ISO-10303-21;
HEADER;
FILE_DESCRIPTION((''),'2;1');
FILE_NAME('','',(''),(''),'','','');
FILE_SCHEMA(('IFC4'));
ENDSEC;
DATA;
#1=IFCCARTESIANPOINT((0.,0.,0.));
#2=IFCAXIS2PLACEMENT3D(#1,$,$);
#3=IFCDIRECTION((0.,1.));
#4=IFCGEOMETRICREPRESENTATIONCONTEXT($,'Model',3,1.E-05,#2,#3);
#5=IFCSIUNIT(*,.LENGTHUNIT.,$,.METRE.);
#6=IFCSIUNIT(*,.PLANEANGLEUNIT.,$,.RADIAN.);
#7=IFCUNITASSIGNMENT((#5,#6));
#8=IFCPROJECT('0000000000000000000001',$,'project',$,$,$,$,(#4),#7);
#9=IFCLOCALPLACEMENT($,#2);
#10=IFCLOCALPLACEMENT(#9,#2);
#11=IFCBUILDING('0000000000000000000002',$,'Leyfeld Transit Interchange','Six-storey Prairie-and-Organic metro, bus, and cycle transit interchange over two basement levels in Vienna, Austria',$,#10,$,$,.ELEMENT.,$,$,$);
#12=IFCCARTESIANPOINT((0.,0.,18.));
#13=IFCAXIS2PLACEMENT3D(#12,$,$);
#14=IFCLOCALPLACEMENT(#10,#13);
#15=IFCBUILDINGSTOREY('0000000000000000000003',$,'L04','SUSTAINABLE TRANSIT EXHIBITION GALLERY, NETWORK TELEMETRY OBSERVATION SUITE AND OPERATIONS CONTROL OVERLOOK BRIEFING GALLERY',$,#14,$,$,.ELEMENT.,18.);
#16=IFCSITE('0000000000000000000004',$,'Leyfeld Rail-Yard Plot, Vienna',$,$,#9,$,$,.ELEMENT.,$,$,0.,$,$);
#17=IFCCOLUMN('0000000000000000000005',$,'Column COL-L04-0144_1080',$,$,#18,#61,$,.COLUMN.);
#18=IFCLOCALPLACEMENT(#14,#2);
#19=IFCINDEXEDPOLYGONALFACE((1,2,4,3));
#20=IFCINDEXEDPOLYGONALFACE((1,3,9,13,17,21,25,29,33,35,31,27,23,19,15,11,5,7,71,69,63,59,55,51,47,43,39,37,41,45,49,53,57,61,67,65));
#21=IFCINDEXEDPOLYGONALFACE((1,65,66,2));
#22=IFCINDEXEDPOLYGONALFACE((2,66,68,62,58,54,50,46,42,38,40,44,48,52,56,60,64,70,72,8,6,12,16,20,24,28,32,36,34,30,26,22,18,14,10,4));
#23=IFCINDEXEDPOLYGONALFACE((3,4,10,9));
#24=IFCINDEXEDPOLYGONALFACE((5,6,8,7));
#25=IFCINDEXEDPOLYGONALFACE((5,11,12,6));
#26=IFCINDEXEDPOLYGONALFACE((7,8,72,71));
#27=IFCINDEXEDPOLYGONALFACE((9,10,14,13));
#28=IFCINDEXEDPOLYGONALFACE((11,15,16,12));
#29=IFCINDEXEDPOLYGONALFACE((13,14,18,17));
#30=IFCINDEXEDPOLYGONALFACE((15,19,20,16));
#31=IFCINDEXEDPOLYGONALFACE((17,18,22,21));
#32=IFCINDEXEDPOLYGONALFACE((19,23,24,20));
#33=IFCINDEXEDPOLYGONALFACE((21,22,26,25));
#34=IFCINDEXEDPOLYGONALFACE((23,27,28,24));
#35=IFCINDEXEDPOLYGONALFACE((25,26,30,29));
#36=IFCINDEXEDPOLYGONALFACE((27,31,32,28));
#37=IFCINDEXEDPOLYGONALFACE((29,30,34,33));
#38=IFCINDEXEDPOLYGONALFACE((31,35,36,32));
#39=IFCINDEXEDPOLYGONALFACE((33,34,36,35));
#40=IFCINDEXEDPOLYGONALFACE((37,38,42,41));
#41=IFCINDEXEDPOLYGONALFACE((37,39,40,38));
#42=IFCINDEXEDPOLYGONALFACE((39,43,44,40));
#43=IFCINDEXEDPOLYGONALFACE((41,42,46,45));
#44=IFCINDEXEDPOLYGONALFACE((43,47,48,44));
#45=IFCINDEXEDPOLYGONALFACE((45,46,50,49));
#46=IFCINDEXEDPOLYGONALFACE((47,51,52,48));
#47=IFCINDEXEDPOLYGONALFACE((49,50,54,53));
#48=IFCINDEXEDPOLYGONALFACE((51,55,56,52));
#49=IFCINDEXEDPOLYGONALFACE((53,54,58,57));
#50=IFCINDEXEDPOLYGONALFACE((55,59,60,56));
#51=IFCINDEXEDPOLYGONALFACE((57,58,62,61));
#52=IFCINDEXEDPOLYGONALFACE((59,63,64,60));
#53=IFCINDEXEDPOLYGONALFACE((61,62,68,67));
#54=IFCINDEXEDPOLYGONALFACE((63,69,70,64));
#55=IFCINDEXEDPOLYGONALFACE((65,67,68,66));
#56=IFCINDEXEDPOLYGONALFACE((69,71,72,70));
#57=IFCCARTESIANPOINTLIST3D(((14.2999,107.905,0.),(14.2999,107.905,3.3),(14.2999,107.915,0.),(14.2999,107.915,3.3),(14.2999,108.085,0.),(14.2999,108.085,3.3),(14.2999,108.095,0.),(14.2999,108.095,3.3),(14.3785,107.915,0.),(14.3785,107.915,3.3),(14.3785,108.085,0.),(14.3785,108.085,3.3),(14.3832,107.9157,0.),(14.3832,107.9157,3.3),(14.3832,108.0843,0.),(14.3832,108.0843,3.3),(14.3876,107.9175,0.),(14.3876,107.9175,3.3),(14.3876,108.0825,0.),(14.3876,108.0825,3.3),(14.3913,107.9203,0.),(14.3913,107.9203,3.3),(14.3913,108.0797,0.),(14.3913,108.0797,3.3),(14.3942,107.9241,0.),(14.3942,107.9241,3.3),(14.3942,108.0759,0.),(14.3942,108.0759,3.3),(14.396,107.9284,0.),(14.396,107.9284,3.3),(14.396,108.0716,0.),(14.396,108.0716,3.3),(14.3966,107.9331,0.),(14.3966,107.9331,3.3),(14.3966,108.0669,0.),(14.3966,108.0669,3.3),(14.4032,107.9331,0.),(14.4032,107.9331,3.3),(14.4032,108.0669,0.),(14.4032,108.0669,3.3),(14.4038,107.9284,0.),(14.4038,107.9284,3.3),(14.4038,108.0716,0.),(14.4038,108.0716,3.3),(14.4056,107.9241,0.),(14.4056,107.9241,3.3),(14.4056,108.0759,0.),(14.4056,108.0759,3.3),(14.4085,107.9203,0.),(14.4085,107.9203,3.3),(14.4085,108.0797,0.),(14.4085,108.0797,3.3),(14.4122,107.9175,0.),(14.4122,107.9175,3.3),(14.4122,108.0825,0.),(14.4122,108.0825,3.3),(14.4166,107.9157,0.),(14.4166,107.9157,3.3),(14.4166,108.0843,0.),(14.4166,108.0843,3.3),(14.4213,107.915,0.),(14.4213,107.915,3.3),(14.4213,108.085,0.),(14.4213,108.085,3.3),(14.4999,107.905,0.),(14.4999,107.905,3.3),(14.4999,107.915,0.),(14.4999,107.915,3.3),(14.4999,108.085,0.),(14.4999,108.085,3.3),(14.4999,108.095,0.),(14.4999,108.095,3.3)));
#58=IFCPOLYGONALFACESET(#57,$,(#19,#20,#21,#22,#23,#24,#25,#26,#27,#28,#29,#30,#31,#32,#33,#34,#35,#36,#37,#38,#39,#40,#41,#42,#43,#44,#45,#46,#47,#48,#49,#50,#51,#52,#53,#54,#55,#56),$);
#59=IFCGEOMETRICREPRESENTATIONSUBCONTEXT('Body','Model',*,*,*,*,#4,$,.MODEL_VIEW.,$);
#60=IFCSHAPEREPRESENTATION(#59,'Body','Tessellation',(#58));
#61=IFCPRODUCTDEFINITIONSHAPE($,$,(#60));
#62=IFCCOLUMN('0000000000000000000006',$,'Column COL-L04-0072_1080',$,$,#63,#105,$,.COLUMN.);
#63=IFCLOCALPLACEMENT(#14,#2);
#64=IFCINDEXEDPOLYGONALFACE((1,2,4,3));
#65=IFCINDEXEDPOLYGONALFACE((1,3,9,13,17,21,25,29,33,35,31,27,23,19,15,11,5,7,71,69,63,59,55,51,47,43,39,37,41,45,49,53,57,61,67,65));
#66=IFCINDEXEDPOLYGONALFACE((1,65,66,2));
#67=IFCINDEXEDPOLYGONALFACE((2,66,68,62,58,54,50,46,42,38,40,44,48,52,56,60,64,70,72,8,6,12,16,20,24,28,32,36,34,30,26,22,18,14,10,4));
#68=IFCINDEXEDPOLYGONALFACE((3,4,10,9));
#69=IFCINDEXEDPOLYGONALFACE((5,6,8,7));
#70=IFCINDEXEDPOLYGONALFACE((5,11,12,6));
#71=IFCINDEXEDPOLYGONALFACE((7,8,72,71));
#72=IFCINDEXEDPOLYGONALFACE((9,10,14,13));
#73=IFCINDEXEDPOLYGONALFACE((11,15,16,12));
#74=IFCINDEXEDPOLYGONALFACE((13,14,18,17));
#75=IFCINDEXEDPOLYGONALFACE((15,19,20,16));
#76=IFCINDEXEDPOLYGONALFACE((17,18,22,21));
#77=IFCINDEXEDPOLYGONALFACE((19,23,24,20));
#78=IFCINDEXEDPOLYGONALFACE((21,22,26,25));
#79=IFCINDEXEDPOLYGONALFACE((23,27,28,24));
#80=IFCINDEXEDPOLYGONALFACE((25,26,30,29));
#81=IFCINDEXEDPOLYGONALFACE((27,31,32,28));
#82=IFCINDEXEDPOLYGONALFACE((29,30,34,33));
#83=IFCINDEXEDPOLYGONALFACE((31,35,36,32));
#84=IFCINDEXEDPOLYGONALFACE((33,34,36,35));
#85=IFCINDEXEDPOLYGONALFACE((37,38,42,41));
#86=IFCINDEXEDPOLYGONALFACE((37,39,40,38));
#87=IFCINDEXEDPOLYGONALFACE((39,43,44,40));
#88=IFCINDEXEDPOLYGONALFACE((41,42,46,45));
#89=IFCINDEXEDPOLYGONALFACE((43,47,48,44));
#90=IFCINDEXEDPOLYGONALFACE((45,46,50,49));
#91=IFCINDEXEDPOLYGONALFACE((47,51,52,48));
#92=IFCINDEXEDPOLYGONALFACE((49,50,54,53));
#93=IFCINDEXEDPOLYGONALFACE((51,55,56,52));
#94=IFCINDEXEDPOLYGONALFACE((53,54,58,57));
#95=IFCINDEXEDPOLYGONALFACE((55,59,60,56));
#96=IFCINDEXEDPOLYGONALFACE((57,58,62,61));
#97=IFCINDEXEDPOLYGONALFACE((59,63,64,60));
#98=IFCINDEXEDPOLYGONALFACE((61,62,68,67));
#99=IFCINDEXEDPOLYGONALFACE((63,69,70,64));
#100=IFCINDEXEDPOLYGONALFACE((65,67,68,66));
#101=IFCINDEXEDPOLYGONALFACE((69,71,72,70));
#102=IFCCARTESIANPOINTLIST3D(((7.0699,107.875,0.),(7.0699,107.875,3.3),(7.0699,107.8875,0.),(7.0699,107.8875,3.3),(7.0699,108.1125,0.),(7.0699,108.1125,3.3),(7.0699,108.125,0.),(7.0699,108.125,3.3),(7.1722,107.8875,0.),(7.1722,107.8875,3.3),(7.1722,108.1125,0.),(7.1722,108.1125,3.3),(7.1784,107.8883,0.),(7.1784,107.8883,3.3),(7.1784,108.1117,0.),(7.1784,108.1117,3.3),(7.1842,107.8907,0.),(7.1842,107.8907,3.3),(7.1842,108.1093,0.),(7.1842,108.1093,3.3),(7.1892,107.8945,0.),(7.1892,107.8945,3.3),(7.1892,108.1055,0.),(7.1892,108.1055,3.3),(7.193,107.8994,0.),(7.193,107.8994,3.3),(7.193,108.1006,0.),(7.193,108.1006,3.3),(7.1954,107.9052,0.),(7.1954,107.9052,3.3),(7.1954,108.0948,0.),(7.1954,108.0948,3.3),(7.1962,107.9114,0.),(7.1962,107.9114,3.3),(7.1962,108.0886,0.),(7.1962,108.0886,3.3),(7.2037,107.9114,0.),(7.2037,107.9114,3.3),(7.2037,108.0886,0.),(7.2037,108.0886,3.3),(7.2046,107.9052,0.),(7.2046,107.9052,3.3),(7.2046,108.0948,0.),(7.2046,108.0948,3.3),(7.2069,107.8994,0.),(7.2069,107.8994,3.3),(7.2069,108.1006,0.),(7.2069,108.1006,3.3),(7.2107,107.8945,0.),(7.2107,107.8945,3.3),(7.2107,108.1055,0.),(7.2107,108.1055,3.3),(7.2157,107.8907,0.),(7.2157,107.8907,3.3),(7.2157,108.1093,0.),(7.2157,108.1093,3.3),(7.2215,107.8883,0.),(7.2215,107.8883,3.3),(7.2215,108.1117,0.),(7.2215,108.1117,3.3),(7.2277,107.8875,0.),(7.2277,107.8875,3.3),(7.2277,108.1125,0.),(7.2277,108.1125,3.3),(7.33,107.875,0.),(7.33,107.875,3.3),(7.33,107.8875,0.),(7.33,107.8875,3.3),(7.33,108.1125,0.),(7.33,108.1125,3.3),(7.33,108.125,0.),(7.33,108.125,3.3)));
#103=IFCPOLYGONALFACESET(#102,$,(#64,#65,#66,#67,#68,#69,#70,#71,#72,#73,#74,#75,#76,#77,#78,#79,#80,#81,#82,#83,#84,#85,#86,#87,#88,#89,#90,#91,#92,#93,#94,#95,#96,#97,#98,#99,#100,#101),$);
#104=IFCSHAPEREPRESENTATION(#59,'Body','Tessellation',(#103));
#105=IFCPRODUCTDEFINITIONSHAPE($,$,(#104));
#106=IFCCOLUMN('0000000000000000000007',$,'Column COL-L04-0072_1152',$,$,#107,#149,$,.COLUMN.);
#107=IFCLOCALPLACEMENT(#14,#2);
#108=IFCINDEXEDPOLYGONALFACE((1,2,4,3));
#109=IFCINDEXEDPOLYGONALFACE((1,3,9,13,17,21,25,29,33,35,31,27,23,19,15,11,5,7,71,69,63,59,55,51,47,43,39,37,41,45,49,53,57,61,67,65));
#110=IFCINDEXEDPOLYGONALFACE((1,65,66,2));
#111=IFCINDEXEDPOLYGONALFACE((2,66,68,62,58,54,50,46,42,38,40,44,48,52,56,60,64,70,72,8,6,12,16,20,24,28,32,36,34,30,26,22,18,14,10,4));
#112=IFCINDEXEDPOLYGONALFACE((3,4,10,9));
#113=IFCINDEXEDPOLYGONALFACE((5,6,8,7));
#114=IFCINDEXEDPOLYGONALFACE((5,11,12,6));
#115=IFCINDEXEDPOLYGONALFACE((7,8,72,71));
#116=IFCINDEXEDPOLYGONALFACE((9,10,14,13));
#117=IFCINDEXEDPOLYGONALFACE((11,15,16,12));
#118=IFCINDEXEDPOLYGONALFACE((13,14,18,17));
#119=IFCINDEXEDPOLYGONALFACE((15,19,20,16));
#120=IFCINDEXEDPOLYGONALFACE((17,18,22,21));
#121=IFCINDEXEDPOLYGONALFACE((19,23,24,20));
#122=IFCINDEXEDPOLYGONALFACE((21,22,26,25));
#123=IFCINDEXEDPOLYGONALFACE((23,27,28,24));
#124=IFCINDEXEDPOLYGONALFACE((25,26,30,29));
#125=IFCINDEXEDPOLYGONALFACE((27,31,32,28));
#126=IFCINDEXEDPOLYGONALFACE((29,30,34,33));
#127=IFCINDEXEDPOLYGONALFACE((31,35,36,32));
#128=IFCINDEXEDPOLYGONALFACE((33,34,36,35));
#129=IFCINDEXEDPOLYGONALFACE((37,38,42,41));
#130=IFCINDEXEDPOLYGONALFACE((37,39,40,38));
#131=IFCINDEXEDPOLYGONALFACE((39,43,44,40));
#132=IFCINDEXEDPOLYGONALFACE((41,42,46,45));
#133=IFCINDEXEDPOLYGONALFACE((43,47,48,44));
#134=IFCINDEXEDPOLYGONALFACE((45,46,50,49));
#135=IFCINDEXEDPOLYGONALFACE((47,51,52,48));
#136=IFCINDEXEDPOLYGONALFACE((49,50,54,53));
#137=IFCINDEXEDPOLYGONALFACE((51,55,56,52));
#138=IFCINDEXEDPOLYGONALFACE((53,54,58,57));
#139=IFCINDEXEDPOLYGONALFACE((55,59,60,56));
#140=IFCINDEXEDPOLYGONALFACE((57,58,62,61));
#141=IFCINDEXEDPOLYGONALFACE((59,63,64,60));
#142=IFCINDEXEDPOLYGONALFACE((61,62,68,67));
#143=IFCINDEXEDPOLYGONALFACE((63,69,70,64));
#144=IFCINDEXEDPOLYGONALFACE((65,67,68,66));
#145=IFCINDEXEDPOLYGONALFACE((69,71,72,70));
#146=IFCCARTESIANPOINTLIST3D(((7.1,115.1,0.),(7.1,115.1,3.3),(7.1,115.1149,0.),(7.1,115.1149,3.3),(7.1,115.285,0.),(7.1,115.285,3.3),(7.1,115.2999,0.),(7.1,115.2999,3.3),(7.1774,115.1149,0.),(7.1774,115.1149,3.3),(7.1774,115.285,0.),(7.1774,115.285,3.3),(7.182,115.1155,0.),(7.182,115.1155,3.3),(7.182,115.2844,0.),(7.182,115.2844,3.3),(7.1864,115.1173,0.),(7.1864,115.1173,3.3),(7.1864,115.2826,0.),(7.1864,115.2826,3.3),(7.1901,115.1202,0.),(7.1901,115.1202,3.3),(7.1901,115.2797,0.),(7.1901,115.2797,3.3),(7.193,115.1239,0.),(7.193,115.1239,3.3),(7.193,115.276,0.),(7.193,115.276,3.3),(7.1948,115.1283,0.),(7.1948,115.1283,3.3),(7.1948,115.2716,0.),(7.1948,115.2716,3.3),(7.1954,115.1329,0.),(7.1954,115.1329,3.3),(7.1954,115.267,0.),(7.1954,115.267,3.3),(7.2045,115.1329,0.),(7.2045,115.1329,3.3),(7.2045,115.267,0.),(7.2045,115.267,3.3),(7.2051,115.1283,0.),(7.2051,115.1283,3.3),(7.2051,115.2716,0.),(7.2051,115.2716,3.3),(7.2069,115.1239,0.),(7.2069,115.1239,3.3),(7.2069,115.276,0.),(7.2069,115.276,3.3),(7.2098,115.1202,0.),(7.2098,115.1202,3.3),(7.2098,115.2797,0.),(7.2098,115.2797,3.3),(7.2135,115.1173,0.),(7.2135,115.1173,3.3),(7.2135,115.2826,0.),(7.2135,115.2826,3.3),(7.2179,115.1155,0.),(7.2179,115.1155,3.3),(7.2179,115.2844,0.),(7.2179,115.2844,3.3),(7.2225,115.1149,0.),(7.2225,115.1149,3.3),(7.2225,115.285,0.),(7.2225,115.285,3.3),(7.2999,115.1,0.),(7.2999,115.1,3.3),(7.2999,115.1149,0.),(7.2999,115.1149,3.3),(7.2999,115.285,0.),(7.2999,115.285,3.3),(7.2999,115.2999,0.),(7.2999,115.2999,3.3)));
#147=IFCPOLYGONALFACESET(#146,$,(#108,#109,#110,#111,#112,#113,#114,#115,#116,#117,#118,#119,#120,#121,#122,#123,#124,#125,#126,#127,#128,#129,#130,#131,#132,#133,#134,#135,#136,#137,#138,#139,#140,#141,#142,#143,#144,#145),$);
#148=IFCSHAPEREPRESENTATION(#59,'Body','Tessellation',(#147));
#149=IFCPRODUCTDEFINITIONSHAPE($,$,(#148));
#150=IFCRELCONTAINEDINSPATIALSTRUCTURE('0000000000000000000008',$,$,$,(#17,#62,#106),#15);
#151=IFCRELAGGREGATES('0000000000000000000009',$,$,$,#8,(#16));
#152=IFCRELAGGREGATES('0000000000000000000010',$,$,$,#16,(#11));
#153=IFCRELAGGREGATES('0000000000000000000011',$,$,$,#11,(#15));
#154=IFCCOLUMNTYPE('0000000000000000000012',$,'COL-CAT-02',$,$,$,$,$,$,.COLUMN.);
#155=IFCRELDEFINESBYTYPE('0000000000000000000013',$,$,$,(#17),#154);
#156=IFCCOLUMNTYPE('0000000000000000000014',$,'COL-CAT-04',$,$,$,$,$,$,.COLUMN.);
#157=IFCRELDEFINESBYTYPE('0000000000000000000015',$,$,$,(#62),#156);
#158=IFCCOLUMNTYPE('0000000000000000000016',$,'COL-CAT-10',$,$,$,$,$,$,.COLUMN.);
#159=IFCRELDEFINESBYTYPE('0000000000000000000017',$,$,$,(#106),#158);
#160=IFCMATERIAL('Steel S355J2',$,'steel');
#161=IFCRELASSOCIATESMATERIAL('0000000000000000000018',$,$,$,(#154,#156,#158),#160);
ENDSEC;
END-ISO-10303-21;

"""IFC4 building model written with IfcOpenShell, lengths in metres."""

from ifc_helpers import new_model, si_unit, direction, frame, origin, origin_2d, place, context, subcontext, project, spatial, i_section, extrude, material, material_profile, profile_set, type_object, element, save


model = new_model("IFC4")

# Units and contexts
model_context = context("Model", 3, precision=1e-05, world=origin(), true_north=direction((0.0, 1.0)))
body_context = subcontext(model_context, "Body", "Model", "MODEL_VIEW")
ifc_project = project(units=[si_unit("LENGTHUNIT", "METRE"), si_unit("PLANEANGLEUNIT", "RADIAN")], contexts=[model_context])

# Site, building, storey
site_placement = place(None, origin())
site = spatial("IfcSite", under=ifc_project, at=site_placement, Name="Leyfeld Rail-Yard Plot, Vienna", CompositionType="ELEMENT", RefElevation=0.0)
building_placement = place(site_placement, origin())
building = spatial("IfcBuilding", under=site, at=building_placement, Name="Leyfeld Transit Interchange", Description="Six-storey Prairie-and-Organic metro, bus, and cycle transit interchange over two basement levels in Vienna, Austria", CompositionType="ELEMENT")
storey_placement = place(building_placement, frame((0.0, 0.0, 18.0)))
storey = spatial("IfcBuildingStorey", under=building, at=storey_placement, Name="L04", Description="SUSTAINABLE TRANSIT EXHIBITION GALLERY, NETWORK TELEMETRY OBSERVATION SUITE AND OPERATIONS CONTROL OVERLOOK BRIEFING GALLERY", CompositionType="ELEMENT", Elevation=18.0)

# Columns
ifc_material_1 = material(Name="Steel S355J2", Category="steel")
ifc_material_profile_1 = material_profile(ifc_material_1, i_section(OverallWidth=0.2, OverallDepth=0.1899, WebThickness=0.0066, FlangeThickness=0.01, FilletRadius=0.0181, at=origin_2d()), Name="HEA 200")
ifc_profile_set_1 = profile_set([ifc_material_profile_1], Name="Steel S355J2")
column_type_1 = type_object("IfcColumnType", Name="COL-CAT-02", PredefinedType="COLUMN", material=ifc_profile_set_1)
column_1_placement = place(storey_placement, frame((14.3999, 108.0, 0.0), z_axis=(0.0, 0.0, 1.0), x_axis=(1.0, 0.0, 0.0)))
element("IfcColumn", 1, at=column_1_placement, inside=storey, type_object=column_type_1, Name="Column COL-L04-0144_1080", PredefinedType="COLUMN", context=body_context, shape_type="SweptSolid", body=[
    extrude(i_section(OverallWidth=0.2, OverallDepth=0.1899, WebThickness=0.0066, FlangeThickness=0.01, FilletRadius=0.0181, at=origin_2d()), origin(), (0.0, 0.0, 1.0), 3.3),
])
ifc_material_profile_2 = material_profile(ifc_material_1, i_section(OverallWidth=0.26, OverallDepth=0.25, WebThickness=0.0076, FlangeThickness=0.0125, FilletRadius=0.0239, at=origin_2d()), Name="HEA 260")
ifc_profile_set_2 = profile_set([ifc_material_profile_2], Name="Steel S355J2")
column_type_2 = type_object("IfcColumnType", Name="COL-CAT-04", PredefinedType="COLUMN", material=ifc_profile_set_2)
column_2_placement = place(storey_placement, frame((7.2, 108.0, 0.0), z_axis=(0.0, 0.0, 1.0), x_axis=(1.0, 0.0, 0.0)))
element("IfcColumn", 2, at=column_2_placement, inside=storey, type_object=column_type_2, Name="Column COL-L04-0072_1080", PredefinedType="COLUMN", context=body_context, shape_type="SweptSolid", body=[
    extrude(i_section(OverallWidth=0.26, OverallDepth=0.25, WebThickness=0.0076, FlangeThickness=0.0125, FilletRadius=0.0239, at=origin_2d()), origin(), (0.0, 0.0, 1.0), 3.3),
])
ifc_material_profile_3 = material_profile(ifc_material_1, i_section(OverallWidth=0.2, OverallDepth=0.2, WebThickness=0.009, FlangeThickness=0.0149, FilletRadius=0.0181, at=origin_2d()), Name="HEB 200")
ifc_profile_set_3 = profile_set([ifc_material_profile_3], Name="Steel S355J2")
column_type_3 = type_object("IfcColumnType", Name="COL-CAT-10", PredefinedType="COLUMN", material=ifc_profile_set_3)
column_3_placement = place(storey_placement, frame((7.2, 115.2, 0.0), z_axis=(0.0, 0.0, 1.0), x_axis=(1.0, 0.0, 0.0)))
element("IfcColumn", 3, at=column_3_placement, inside=storey, type_object=column_type_3, Name="Column COL-L04-0072_1152", PredefinedType="COLUMN", context=body_context, shape_type="SweptSolid", body=[
    extrude(i_section(OverallWidth=0.2, OverallDepth=0.2, WebThickness=0.009, FlangeThickness=0.0149, FilletRadius=0.0181, at=origin_2d()), origin(), (0.0, 0.0, 1.0), 3.3),
])

save(model, "model.ifc")
